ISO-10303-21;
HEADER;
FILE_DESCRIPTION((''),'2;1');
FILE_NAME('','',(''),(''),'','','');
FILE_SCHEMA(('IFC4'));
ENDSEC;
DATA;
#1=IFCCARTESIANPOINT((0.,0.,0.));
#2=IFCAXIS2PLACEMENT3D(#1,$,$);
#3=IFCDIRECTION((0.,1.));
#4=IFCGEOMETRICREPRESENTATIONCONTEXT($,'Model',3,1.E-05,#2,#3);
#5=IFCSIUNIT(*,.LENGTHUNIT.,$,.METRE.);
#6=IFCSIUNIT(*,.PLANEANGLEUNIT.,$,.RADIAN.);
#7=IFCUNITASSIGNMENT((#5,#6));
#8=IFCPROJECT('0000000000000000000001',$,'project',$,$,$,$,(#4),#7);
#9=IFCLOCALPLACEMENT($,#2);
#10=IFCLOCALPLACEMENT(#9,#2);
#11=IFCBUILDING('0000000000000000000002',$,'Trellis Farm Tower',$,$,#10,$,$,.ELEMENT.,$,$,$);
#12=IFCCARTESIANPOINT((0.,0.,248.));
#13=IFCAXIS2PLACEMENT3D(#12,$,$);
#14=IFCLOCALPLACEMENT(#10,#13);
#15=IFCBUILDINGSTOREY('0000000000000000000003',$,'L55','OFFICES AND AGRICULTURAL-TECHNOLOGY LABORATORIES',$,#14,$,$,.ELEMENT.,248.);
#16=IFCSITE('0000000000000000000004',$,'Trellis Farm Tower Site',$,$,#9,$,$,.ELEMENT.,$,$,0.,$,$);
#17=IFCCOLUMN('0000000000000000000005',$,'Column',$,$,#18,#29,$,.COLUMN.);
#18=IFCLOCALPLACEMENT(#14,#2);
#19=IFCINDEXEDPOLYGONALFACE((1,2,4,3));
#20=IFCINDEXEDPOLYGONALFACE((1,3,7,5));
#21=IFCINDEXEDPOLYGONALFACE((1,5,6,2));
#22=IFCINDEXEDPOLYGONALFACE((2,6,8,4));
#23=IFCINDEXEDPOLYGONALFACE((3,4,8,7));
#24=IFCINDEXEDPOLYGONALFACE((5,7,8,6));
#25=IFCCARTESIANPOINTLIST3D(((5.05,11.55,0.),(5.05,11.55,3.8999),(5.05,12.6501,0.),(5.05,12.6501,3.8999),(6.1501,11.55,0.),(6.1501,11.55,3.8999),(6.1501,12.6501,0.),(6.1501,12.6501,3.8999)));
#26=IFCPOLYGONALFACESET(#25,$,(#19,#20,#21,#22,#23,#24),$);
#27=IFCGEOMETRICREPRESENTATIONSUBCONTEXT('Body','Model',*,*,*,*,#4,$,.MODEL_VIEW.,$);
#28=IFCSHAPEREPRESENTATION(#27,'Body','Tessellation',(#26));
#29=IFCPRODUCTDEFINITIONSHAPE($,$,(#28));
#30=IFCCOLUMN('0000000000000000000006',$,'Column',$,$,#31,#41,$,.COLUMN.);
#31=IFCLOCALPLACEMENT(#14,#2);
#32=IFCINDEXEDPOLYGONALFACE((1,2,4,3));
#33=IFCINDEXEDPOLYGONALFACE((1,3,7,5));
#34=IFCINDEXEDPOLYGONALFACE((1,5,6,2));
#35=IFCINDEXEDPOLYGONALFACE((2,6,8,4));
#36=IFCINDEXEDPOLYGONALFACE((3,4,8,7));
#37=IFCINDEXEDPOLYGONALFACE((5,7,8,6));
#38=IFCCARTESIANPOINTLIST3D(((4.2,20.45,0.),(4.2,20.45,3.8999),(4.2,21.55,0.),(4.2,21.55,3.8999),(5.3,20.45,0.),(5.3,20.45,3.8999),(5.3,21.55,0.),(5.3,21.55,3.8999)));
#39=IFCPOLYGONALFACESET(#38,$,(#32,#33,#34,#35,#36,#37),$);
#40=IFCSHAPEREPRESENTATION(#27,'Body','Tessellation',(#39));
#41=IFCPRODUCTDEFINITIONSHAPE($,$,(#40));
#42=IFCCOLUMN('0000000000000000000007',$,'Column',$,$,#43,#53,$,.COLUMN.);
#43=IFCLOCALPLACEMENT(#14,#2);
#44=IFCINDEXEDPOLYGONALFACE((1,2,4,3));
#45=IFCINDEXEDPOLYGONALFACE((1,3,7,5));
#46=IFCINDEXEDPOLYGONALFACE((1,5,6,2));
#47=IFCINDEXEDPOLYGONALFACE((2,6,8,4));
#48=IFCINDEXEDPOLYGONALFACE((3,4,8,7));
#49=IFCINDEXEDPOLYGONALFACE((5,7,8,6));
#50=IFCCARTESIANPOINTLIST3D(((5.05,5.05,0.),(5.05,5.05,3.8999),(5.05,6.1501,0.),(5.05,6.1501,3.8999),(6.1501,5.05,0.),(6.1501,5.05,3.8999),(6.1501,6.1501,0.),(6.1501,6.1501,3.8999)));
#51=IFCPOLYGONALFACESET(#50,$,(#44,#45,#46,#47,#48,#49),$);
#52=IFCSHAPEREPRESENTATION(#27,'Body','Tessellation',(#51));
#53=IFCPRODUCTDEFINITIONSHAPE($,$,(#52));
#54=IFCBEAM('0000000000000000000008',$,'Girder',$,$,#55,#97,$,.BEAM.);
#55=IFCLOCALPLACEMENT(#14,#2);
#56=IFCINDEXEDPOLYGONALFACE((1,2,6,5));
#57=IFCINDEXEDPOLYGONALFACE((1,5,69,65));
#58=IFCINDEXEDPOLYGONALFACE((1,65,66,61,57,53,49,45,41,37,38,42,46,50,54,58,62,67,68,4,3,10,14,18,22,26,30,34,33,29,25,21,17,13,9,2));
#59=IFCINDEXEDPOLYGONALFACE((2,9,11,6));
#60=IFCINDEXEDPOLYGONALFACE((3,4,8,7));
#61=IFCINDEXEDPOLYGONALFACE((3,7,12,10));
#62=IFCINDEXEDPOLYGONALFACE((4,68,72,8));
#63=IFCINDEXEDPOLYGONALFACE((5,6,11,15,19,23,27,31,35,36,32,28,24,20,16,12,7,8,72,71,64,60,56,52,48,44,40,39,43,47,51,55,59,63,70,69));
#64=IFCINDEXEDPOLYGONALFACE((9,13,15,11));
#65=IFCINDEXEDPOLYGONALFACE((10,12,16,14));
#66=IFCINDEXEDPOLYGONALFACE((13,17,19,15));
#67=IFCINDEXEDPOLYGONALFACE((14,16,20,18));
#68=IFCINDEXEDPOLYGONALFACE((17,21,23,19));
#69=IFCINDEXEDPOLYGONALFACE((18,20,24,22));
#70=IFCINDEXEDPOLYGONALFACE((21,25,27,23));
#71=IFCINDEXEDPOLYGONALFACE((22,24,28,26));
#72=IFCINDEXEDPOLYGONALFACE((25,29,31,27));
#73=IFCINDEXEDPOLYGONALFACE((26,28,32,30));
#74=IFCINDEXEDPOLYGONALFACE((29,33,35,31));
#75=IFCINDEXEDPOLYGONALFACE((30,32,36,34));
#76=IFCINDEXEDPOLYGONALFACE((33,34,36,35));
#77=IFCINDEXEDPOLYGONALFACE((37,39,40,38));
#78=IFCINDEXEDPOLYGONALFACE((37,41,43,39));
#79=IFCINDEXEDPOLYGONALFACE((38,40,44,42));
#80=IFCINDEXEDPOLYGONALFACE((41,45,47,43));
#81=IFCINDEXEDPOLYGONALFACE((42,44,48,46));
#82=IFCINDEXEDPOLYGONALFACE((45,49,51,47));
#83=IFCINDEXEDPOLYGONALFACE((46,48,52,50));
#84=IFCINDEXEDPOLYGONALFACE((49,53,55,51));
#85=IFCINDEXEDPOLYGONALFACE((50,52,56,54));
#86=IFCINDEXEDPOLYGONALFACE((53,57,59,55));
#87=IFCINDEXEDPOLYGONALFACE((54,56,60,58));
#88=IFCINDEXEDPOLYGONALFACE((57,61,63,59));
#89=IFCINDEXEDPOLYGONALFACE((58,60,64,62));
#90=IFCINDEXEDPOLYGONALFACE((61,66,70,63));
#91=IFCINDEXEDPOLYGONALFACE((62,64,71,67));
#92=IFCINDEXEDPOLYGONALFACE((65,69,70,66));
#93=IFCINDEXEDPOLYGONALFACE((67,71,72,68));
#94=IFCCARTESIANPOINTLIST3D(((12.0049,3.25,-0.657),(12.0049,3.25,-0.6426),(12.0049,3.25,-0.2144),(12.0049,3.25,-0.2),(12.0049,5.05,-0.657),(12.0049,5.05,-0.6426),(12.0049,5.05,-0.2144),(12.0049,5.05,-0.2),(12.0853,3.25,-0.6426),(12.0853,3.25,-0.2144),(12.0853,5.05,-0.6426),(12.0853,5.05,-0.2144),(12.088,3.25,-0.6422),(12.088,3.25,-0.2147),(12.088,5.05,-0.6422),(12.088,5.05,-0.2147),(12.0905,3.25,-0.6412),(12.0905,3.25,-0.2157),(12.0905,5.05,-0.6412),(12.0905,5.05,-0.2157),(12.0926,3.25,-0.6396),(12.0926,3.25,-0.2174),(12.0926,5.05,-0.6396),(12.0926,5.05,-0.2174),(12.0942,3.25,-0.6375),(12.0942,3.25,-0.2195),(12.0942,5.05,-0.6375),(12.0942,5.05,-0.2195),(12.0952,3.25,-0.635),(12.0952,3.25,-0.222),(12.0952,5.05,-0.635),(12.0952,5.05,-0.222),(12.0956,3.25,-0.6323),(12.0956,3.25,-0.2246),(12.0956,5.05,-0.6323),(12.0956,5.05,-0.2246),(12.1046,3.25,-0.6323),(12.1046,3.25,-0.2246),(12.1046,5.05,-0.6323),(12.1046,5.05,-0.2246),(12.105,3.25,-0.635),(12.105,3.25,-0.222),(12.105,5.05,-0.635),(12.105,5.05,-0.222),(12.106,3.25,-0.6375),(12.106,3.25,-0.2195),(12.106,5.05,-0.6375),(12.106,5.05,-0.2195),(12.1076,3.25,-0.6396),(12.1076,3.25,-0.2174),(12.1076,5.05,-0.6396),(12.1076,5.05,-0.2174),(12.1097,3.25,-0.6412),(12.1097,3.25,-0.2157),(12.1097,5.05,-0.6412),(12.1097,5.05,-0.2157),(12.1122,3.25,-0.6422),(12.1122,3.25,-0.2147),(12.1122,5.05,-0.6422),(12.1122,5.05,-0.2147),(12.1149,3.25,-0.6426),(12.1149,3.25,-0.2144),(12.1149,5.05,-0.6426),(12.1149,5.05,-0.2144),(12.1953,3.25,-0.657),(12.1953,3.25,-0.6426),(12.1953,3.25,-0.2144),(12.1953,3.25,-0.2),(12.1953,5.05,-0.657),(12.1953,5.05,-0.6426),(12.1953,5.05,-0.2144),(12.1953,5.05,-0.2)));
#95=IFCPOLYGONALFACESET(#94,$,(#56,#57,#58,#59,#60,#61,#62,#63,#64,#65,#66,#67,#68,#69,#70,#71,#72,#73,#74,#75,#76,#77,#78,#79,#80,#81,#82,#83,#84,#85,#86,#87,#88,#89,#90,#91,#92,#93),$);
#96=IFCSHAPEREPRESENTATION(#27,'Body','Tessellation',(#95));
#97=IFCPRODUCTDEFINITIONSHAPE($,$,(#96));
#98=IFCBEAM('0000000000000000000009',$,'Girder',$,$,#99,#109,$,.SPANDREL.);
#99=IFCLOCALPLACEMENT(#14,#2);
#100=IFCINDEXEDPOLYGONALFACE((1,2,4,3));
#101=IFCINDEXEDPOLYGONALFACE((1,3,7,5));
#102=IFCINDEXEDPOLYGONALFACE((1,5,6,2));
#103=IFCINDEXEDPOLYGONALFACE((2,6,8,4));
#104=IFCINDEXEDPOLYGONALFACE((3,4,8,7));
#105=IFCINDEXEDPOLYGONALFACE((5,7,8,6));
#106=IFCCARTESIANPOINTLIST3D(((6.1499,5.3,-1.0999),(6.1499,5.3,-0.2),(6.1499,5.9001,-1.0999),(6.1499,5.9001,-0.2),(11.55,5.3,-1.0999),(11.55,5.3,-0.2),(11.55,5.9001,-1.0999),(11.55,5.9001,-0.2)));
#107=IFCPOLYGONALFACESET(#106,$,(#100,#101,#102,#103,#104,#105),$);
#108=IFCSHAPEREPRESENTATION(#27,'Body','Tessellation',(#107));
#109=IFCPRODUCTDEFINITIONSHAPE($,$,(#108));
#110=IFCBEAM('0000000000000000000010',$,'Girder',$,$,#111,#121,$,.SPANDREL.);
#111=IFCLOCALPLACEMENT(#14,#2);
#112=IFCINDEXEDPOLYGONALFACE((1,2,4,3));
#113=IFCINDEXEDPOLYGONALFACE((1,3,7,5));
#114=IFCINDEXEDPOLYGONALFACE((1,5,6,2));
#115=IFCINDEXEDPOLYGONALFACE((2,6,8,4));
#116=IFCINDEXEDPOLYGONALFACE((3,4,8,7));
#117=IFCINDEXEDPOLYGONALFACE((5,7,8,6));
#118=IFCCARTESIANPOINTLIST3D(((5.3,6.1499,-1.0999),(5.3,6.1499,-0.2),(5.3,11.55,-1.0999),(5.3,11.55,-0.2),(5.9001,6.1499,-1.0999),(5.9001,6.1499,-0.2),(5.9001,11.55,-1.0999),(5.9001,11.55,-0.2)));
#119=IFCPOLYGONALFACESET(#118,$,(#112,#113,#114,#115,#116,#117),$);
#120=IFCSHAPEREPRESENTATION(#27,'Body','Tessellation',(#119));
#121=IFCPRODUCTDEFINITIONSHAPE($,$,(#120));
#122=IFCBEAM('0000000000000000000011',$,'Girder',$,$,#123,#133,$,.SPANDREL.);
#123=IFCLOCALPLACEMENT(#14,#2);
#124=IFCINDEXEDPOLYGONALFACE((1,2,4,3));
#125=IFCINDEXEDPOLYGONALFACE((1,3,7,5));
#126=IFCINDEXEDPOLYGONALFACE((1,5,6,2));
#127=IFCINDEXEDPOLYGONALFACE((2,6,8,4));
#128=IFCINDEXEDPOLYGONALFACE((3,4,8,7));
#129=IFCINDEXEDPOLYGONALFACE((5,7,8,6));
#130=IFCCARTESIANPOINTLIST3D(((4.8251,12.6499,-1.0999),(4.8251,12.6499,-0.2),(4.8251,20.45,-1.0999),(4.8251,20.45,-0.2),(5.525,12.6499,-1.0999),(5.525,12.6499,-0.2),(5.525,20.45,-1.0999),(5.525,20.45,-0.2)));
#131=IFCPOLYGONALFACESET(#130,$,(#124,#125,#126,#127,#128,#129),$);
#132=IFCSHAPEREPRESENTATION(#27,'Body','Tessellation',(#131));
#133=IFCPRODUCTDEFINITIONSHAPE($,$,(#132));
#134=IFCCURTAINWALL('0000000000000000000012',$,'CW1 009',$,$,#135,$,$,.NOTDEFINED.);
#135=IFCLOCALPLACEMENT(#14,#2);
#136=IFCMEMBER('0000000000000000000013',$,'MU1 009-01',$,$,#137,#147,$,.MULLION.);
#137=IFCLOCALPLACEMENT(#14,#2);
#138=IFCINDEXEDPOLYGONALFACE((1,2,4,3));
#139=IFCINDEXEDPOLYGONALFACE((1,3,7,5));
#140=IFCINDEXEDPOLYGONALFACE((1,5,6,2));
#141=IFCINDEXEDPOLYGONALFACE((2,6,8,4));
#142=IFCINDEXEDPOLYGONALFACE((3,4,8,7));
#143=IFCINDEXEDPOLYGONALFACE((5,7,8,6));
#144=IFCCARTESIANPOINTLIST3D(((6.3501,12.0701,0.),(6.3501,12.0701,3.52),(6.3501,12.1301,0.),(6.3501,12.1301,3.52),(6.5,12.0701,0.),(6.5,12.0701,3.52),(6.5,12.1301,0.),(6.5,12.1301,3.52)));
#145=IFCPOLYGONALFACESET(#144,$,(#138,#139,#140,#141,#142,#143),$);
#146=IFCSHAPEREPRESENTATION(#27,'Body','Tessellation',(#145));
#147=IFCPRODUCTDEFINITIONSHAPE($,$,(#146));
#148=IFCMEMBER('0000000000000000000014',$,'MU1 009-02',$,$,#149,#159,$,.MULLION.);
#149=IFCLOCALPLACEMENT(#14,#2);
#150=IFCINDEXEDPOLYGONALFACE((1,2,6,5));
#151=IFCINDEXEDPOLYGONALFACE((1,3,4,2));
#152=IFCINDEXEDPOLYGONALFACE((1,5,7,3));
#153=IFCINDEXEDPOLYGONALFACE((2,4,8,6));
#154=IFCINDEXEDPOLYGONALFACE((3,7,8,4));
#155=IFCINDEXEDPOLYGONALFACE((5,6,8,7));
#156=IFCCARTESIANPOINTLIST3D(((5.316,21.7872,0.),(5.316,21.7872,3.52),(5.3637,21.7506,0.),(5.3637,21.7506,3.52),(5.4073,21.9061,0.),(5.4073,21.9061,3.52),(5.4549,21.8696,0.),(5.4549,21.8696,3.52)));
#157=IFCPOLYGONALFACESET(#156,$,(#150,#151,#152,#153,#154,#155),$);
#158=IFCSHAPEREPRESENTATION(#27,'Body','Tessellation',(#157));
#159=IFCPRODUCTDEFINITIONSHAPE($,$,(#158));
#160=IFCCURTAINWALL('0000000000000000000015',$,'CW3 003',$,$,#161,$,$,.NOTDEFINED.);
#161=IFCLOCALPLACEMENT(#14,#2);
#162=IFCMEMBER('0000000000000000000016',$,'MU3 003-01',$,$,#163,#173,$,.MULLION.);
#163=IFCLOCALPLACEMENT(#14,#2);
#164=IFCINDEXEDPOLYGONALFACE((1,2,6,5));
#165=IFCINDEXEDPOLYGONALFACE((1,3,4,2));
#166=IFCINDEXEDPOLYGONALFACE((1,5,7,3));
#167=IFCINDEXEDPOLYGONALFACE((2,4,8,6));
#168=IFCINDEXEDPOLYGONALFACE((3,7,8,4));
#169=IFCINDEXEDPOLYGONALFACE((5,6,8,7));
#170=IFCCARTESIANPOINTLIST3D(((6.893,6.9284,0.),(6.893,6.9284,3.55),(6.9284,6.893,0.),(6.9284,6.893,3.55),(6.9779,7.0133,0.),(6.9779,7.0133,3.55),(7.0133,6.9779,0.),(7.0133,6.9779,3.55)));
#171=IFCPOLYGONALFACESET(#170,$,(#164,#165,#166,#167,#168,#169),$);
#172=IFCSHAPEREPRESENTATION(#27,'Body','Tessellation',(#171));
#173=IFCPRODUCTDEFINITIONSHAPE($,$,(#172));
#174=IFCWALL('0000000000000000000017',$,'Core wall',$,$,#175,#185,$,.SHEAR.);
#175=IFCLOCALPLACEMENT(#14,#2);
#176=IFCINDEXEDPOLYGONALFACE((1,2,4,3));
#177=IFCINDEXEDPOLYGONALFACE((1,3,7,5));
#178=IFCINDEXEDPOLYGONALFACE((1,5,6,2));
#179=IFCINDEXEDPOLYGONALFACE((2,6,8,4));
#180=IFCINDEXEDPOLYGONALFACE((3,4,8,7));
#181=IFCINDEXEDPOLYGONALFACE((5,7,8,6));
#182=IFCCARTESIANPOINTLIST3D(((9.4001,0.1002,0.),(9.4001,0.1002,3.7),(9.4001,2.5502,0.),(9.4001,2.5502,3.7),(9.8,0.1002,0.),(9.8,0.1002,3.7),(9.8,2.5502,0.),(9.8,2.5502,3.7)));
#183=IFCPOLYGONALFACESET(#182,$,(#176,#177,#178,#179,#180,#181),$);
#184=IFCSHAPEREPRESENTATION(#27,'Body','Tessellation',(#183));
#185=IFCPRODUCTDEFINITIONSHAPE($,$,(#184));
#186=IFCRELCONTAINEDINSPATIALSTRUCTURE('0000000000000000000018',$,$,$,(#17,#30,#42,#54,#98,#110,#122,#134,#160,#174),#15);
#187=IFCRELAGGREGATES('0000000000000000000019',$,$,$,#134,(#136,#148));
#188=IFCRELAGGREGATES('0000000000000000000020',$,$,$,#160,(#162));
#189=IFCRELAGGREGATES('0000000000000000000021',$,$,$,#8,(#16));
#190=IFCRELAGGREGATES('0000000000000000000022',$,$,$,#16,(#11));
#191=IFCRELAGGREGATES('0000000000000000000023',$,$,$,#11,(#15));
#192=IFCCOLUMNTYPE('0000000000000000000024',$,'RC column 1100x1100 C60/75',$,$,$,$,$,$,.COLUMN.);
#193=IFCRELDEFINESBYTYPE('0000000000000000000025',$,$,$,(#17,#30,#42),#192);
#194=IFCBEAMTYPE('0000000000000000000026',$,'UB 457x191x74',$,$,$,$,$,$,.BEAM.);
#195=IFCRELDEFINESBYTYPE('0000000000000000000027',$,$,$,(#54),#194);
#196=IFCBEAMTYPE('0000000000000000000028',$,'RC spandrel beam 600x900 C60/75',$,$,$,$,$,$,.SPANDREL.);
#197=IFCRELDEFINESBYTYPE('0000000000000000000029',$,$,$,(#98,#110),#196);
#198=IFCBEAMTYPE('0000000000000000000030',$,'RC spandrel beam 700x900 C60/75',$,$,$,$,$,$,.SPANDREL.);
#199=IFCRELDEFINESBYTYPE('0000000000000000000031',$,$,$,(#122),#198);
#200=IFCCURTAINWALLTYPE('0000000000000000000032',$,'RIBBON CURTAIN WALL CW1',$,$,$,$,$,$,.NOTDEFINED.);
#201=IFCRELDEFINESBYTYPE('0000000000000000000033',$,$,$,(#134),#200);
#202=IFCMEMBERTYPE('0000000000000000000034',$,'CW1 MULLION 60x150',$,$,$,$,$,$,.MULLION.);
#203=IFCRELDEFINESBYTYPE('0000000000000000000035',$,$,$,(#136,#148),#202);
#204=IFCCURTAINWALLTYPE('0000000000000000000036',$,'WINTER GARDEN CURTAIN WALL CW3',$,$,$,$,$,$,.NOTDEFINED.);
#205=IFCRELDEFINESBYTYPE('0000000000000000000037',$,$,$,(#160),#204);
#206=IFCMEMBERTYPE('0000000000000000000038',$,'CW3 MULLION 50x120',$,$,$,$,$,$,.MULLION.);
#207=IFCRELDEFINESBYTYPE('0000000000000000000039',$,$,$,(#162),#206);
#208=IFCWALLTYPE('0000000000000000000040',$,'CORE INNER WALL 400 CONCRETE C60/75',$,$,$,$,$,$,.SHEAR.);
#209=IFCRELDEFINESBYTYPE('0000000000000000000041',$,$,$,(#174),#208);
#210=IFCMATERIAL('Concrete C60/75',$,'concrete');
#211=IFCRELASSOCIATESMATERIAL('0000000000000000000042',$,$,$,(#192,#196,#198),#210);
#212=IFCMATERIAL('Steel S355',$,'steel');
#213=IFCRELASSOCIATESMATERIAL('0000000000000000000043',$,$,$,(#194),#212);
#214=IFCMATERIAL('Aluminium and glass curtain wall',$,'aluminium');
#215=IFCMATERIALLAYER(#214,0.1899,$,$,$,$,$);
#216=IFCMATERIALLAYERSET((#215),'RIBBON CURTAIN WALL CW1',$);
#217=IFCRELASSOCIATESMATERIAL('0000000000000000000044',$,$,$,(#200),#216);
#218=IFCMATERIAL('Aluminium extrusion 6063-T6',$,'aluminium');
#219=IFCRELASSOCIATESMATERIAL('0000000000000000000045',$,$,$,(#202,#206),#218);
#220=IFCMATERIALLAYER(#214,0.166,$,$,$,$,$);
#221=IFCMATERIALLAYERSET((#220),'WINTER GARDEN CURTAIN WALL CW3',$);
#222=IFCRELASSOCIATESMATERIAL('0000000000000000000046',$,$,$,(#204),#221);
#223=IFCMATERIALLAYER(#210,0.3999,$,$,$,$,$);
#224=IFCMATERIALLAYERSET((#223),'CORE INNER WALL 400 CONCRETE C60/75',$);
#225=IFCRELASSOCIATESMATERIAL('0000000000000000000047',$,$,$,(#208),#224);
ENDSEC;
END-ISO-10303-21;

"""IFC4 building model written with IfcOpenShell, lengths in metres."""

from ifc_helpers import new_model, si_unit, direction, frame, frame_2d, origin, origin_2d, place, context, subcontext, project, spatial, rectangle, i_section, extrude, source, transform, mapped, material, layer, layer_set, material_profile, profile_set, type_object, element, aggregate, save


model = new_model("IFC4")

# Units and contexts
model_context = context("Model", 3, precision=1e-05, world=origin(), true_north=direction((0.0, 1.0)))
body_context = subcontext(model_context, "Body", "Model", "MODEL_VIEW")
ifc_project = project(units=[si_unit("LENGTHUNIT", "METRE"), si_unit("PLANEANGLEUNIT", "RADIAN")], contexts=[model_context])

# Site, building, storey
site_placement = place(None, origin())
site = spatial("IfcSite", under=ifc_project, at=site_placement, Name="Trellis Farm Tower Site", CompositionType="ELEMENT", RefElevation=0.0)
building_placement = place(site_placement, origin())
building = spatial("IfcBuilding", under=site, at=building_placement, Name="Trellis Farm Tower", CompositionType="ELEMENT")
storey_placement = place(building_placement, frame((0.0, 0.0, 248.0)))
storey = spatial("IfcBuildingStorey", under=building, at=storey_placement, Name="L55", Description="OFFICES AND AGRICULTURAL-TECHNOLOGY LABORATORIES", CompositionType="ELEMENT", Elevation=248.0)

# Columns
ifc_material_1 = material(Name="Concrete C60/75", Category="concrete")
ifc_material_profile_1 = material_profile(ifc_material_1, rectangle(XDim=1.1001, YDim=1.1001, at=origin_2d()), Name="RC column 1100x1100 C60/75")
ifc_profile_set_1 = profile_set([ifc_material_profile_1], Name="Concrete C60/75")
column_type = type_object("IfcColumnType", Name="RC column 1100x1100 C60/75", PredefinedType="COLUMN", material=ifc_profile_set_1)
shared_shape_1 = source(origin(), body_context, "Body", "SweptSolid", [
    extrude(rectangle(XDim=1.1001, YDim=1.1001, at=origin_2d()), origin(), (0.0, 0.0, 1.0), 3.8999),
])
for number, where, z_axis, x_axis, name in (
    (1, (5.6001, 12.1001, 0.0), (0.0, 0.0, 1.0), (1.0, 0.0, 0.0), "Column"),
    (2, (4.75, 21.0, 0.0), (0.0, 0.0, 1.0), (1.0, 0.0, 0.0), "Column"),
    (3, (5.6001, 5.6001, 0.0), (0.0, 0.0, 1.0), (1.0, 0.0, 0.0), "Column"),
):
    element("IfcColumn", number, at=place(storey_placement, frame(where, z_axis=z_axis, x_axis=x_axis)), inside=storey, type_object=column_type, Name=name, PredefinedType="COLUMN", context=body_context, shape_type="MappedRepresentation", body=[
        mapped(shared_shape_1, transform((0.0, 0.0, 0.0))),
    ])

# Beams
ifc_material_2 = material(Name="Steel S355", Category="steel")
ifc_material_profile_2 = material_profile(ifc_material_2, i_section(OverallWidth=0.1904, OverallDepth=0.457, WebThickness=0.009, FlangeThickness=0.0144, FilletRadius=0.0103, at=origin_2d()), Name="UB 457x191x74")
ifc_profile_set_2 = profile_set([ifc_material_profile_2], Name="Steel S355")
beam_type_1 = type_object("IfcBeamType", Name="UB 457x191x74", PredefinedType="BEAM", material=ifc_profile_set_2)
shared_shape_2 = source(origin(), body_context, "Body", "SweptSolid", [
    extrude(i_section(OverallWidth=0.1904, OverallDepth=0.457, WebThickness=0.009, FlangeThickness=0.0144, FilletRadius=0.0103, at=origin_2d()), origin(), (0.0, 0.0, 1.0), 1.8),
])
beam_1_placement = place(storey_placement, frame((12.1001, 3.25, -0.4285), z_axis=(0.0, 1.0, 0.0), x_axis=(-1.0, 0.0, 0.0)))
element("IfcBeam", 4, at=beam_1_placement, inside=storey, type_object=beam_type_1, Name="Girder", PredefinedType="BEAM", context=body_context, shape_type="MappedRepresentation", body=[
    mapped(shared_shape_2, transform((0.0, 0.0, 0.0))),
])
ifc_material_profile_3 = material_profile(ifc_material_1, rectangle(XDim=0.6001, YDim=0.8999, at=origin_2d()), Name="RC spandrel beam 600x900 C60/75")
ifc_profile_set_3 = profile_set([ifc_material_profile_3], Name="Concrete C60/75")
beam_type_2 = type_object("IfcBeamType", Name="RC spandrel beam 600x900 C60/75", PredefinedType="SPANDREL", material=ifc_profile_set_3)
shared_shape_3 = source(origin(), body_context, "Body", "SweptSolid", [
    extrude(rectangle(XDim=0.6001, YDim=0.8999, at=origin_2d()), origin(), (0.0, 0.0, 1.0), 5.4001),
])
for number, where, z_axis, x_axis, name in (
    (5, (6.1499, 5.6001, -0.6499), (1.0, 0.0, 0.0), (0.0, 1.0, 0.0), "Girder"),
    (6, (5.6001, 6.1499, -0.6499), (0.0, 1.0, 0.0), (-1.0, 0.0, 0.0), "Girder"),
):
    element("IfcBeam", number, at=place(storey_placement, frame(where, z_axis=z_axis, x_axis=x_axis)), inside=storey, type_object=beam_type_2, Name=name, PredefinedType="SPANDREL", context=body_context, shape_type="MappedRepresentation", body=[
        mapped(shared_shape_3, transform((0.0, 0.0, 0.0))),
    ])
ifc_material_profile_4 = material_profile(ifc_material_1, rectangle(XDim=0.7, YDim=0.8999, at=origin_2d()), Name="RC spandrel beam 700x900 C60/75")
ifc_profile_set_4 = profile_set([ifc_material_profile_4], Name="Concrete C60/75")
beam_type_3 = type_object("IfcBeamType", Name="RC spandrel beam 700x900 C60/75", PredefinedType="SPANDREL", material=ifc_profile_set_4)
shared_shape_4 = source(origin(), body_context, "Body", "SweptSolid", [
    extrude(rectangle(XDim=0.7, YDim=0.8999, at=origin_2d()), origin(), (0.0, 0.0, 1.0), 7.8),
])
beam_2_placement = place(storey_placement, frame((5.175, 12.6499, -0.6499), z_axis=(0.0, 1.0, 0.0), x_axis=(-1.0, 0.0, 0.0)))
element("IfcBeam", 7, at=beam_2_placement, inside=storey, type_object=beam_type_3, Name="Girder", PredefinedType="SPANDREL", context=body_context, shape_type="MappedRepresentation", body=[
    mapped(shared_shape_4, transform((0.0, 0.0, 0.0))),
])

# Curtain wall, members
ifc_material_3 = material(Name="Aluminium and glass curtain wall", Category="aluminium")
ifc_layer_1 = layer(ifc_material_3, 0.1899)
ifc_layer_set_1 = layer_set([ifc_layer_1], Name="RIBBON CURTAIN WALL CW1")
curtain_wall_type_1 = type_object("IfcCurtainWallType", Name="RIBBON CURTAIN WALL CW1", PredefinedType="NOTDEFINED", material=ifc_layer_set_1)
placement = place(storey_placement, origin())
curtain_wall_1 = element("IfcCurtainWall", 8, at=placement, inside=storey, type_object=curtain_wall_type_1, Name="CW1 009", PredefinedType="NOTDEFINED")
ifc_material_4 = material(Name="Aluminium extrusion 6063-T6", Category="aluminium")
ifc_material_profile_5 = material_profile(ifc_material_4, rectangle(XDim=0.0601, YDim=0.1499, at=origin_2d()), Name="MULLION 60x150")
ifc_profile_set_5 = profile_set([ifc_material_profile_5], Name="Aluminium extrusion 6063-T6")
member_type_1 = type_object("IfcMemberType", Name="CW1 MULLION 60x150", PredefinedType="MULLION", material=ifc_profile_set_5)
shared_shape_5 = source(origin(), body_context, "Body", "SweptSolid", [
    extrude(rectangle(XDim=0.0601, YDim=0.1499, at=origin_2d()), origin(), (0.0, 0.0, 1.0), 3.52),
])
member_1_placement = place(storey_placement, frame((6.425, 12.1001, 0.0), z_axis=(0.0, 0.0, 1.0), x_axis=(0.0, 1.0, 0.0)))
member_1 = element("IfcMember", 9, at=member_1_placement, type_object=member_type_1, Name="MU1 009-01", PredefinedType="MULLION", context=body_context, shape_type="MappedRepresentation", body=[
    mapped(shared_shape_5, transform((0.0, 0.0, 0.0))),
])
member_2_placement = place(storey_placement, frame((5.3855, 21.8284, 0.0), z_axis=(0.0, 0.0, 1.0), x_axis=(-0.793353, 0.608761, 0.0)))
member_2 = element("IfcMember", 10, at=member_2_placement, type_object=member_type_1, Name="MU1 009-02", PredefinedType="MULLION", context=body_context, shape_type="MappedRepresentation", body=[
    mapped(shared_shape_5, transform((0.0, 0.0, 0.0))),
])
aggregate(curtain_wall_1, [member_1, member_2])

# Curtain wall, member
ifc_layer_2 = layer(ifc_material_3, 0.166)
ifc_layer_set_2 = layer_set([ifc_layer_2], Name="WINTER GARDEN CURTAIN WALL CW3")
curtain_wall_type_2 = type_object("IfcCurtainWallType", Name="WINTER GARDEN CURTAIN WALL CW3", PredefinedType="NOTDEFINED", material=ifc_layer_set_2)
curtain_wall_2 = element("IfcCurtainWall", 11, at=placement, inside=storey, type_object=curtain_wall_type_2, Name="CW3 003", PredefinedType="NOTDEFINED")
ifc_material_profile_6 = material_profile(ifc_material_4, rectangle(XDim=0.05, YDim=0.1201, at=origin_2d()), Name="MULLION 50x120")
ifc_profile_set_6 = profile_set([ifc_material_profile_6], Name="Aluminium extrusion 6063-T6")
member_type_2 = type_object("IfcMemberType", Name="CW3 MULLION 50x120", PredefinedType="MULLION", material=ifc_profile_set_6)
shared_shape_6 = source(origin(), body_context, "Body", "SweptSolid", [
    extrude(rectangle(XDim=0.05, YDim=0.1201, at=origin_2d()), origin(), (0.0, 0.0, 1.0), 3.55),
])
member_3_placement = place(storey_placement, frame((6.9531, 6.9531, 0.0), z_axis=(0.0, 0.0, 1.0), x_axis=(-0.707107, 0.707107, 0.0)))
member_3 = element("IfcMember", 12, at=member_3_placement, type_object=member_type_2, Name="MU3 003-01", PredefinedType="MULLION", context=body_context, shape_type="MappedRepresentation", body=[
    mapped(shared_shape_6, transform((0.0, 0.0, 0.0))),
])
aggregate(curtain_wall_2, [member_3])

# Wall
ifc_layer_3 = layer(ifc_material_1, 0.3999)
ifc_layer_set_3 = layer_set([ifc_layer_3], Name="CORE INNER WALL 400 CONCRETE C60/75")
wall_type_1 = type_object("IfcWallType", Name="CORE INNER WALL 400 CONCRETE C60/75", PredefinedType="SHEAR", material=ifc_layer_set_3)
shared_shape_7 = source(origin(), body_context, "Body", "SweptSolid", [
    extrude(rectangle(XDim=2.45, YDim=0.3999, at=frame_2d((1.2251, 0.0))), origin(), (0.0, 0.0, 1.0), 3.7),
])
wall_1_placement = place(storey_placement, frame((9.6001, 0.1001, 0.0), z_axis=(0.0, 0.0, 1.0), x_axis=(0.0, 1.0, 0.0)))
element("IfcWall", 13, at=wall_1_placement, inside=storey, type_object=wall_type_1, Name="Core wall", PredefinedType="SHEAR", context=body_context, shape_type="MappedRepresentation", body=[
    mapped(shared_shape_7, transform((0.0, 0.0, 0.0))),
])

save(model, "model.ifc")
